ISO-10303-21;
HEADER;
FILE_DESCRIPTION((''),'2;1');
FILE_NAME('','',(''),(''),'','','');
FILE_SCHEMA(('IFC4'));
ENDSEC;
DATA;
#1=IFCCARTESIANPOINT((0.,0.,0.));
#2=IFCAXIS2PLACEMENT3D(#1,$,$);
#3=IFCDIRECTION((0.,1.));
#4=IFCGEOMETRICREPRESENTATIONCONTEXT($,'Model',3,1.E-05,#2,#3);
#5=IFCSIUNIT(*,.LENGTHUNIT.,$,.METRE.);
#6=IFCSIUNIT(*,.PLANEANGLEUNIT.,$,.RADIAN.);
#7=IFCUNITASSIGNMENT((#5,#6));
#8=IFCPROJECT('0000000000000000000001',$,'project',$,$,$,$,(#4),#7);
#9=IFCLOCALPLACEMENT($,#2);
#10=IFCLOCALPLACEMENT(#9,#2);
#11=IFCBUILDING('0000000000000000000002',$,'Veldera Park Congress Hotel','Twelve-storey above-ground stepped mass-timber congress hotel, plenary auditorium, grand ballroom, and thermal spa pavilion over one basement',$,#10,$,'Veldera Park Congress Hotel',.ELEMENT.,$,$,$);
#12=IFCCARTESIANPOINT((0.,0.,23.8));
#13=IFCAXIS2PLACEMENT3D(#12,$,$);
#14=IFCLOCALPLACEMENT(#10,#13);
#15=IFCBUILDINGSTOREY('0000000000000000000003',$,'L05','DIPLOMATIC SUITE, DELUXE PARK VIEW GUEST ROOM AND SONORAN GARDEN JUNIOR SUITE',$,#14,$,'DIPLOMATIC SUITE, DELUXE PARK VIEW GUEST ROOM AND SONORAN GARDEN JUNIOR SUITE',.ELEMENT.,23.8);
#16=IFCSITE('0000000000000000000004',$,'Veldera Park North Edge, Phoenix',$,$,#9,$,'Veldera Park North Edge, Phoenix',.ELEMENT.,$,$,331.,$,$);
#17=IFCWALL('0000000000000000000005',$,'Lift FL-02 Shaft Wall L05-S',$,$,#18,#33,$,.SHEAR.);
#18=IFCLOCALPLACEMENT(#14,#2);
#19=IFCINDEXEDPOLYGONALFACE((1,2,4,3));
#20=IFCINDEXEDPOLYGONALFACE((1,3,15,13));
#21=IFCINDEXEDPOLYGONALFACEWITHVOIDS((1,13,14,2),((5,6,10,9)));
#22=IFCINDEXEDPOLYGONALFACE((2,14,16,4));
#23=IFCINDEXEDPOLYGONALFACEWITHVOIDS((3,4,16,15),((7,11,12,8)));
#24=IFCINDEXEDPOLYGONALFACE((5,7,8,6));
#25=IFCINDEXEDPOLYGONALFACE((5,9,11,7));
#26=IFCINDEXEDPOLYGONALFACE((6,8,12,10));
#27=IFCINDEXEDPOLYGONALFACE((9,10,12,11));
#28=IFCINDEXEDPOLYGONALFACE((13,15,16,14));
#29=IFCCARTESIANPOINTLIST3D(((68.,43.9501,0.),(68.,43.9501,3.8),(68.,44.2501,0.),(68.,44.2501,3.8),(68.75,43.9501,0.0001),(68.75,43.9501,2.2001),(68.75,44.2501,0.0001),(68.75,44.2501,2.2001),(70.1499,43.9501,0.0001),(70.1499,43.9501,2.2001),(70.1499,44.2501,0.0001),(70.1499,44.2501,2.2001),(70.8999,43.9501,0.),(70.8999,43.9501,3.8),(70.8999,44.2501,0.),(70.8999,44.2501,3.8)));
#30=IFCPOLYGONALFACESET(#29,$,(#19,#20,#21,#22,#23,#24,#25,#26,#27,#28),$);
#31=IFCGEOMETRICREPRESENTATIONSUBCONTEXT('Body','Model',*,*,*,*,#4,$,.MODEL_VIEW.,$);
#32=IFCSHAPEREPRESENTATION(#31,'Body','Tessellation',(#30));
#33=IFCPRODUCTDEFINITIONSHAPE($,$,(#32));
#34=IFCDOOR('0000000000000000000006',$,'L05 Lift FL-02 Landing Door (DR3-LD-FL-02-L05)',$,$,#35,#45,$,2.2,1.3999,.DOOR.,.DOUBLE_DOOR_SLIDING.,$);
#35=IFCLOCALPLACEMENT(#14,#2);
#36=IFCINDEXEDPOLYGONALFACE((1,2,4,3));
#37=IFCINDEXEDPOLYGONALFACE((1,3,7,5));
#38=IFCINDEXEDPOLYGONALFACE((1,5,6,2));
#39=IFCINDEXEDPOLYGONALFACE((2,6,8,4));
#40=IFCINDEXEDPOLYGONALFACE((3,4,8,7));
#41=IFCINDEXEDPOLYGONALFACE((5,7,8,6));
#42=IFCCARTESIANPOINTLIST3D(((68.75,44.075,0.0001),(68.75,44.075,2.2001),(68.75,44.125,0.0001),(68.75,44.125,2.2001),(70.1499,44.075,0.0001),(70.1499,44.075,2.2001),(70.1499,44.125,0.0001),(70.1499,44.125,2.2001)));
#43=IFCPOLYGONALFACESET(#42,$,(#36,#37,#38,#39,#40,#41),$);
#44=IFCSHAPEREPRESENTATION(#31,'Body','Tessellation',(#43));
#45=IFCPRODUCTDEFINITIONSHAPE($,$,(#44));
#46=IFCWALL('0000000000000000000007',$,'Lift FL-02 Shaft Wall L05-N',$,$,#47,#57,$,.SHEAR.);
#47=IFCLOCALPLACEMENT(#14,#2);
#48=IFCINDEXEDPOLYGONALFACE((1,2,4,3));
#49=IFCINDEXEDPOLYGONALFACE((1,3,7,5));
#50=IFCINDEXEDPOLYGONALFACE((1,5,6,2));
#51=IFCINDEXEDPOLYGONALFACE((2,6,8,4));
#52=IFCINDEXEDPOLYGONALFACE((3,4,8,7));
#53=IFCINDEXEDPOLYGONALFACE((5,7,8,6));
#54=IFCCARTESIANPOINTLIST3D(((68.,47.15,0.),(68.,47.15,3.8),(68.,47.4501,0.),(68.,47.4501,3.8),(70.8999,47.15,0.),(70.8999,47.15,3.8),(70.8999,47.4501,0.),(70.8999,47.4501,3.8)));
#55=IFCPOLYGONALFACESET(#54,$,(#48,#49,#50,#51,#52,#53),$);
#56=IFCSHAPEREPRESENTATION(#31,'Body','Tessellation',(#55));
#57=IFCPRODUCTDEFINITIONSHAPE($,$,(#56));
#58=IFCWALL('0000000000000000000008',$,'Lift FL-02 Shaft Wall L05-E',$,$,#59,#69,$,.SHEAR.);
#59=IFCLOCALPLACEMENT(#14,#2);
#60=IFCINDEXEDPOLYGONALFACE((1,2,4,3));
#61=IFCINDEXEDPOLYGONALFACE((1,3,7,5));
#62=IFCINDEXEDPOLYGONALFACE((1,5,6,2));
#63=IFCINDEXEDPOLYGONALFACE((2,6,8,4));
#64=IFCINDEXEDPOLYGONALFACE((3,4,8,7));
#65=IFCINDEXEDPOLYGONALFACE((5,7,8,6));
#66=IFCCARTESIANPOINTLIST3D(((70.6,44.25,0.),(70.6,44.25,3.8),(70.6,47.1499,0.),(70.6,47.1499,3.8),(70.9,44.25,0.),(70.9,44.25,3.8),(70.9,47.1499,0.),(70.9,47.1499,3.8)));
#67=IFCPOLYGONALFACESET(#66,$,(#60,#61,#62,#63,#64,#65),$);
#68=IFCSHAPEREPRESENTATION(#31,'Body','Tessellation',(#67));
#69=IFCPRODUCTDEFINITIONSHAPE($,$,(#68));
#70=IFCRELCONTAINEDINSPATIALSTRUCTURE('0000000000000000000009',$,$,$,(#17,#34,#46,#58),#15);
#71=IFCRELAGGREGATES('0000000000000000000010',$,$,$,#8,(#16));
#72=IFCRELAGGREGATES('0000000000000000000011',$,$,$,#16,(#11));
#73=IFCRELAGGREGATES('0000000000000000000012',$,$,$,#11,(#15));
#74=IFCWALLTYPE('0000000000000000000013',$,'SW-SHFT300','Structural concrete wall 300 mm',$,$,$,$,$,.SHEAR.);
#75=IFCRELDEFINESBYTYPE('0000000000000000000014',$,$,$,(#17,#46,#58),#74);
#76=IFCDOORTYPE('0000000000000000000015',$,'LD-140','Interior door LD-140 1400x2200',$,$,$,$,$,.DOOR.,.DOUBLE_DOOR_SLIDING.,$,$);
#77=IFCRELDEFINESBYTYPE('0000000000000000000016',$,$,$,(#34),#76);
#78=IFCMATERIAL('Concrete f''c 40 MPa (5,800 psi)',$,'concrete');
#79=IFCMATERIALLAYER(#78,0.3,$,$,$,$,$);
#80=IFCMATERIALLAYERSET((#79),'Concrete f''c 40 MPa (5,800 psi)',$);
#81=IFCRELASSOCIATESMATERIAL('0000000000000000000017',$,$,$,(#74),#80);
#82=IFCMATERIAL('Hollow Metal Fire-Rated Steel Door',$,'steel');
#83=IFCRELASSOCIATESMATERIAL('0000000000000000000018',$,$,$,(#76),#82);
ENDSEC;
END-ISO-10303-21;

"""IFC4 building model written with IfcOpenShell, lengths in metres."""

from ifc_helpers import new_model, si_unit, direction, frame, frame_2d, origin, place, context, subcontext, project, spatial, rectangle, extrude, material, layer, layer_set, type_object, element, fill, save


model = new_model("IFC4")

# Units and contexts
model_context = context("Model", 3, precision=1e-05, world=origin(), true_north=direction((0.0, 1.0)))
body_context = subcontext(model_context, "Body", "Model", "MODEL_VIEW")
ifc_project = project(units=[si_unit("LENGTHUNIT", "METRE"), si_unit("PLANEANGLEUNIT", "RADIAN")], contexts=[model_context])

# Site, building, storey
site_placement = place(None, origin())
site = spatial("IfcSite", under=ifc_project, at=site_placement, Name="Veldera Park North Edge, Phoenix", LongName="Veldera Park North Edge, Phoenix", CompositionType="ELEMENT", RefElevation=331.0)
building_placement = place(site_placement, origin())
building = spatial("IfcBuilding", under=site, at=building_placement, Name="Veldera Park Congress Hotel", Description="Twelve-storey above-ground stepped mass-timber congress hotel, plenary auditorium, grand ballroom, and thermal spa pavilion over one basement", LongName="Veldera Park Congress Hotel", CompositionType="ELEMENT")
storey_placement = place(building_placement, frame((0.0, 0.0, 23.8)))
storey = spatial("IfcBuildingStorey", under=building, at=storey_placement, Name="L05", Description="DIPLOMATIC SUITE, DELUXE PARK VIEW GUEST ROOM AND SONORAN GARDEN JUNIOR SUITE", LongName="DIPLOMATIC SUITE, DELUXE PARK VIEW GUEST ROOM AND SONORAN GARDEN JUNIOR SUITE", CompositionType="ELEMENT", Elevation=23.8)

# Shared definitions
ifc_material_1 = material(Name="Concrete f'c 40 MPa (5,800 psi)", Category="concrete")
ifc_material_2 = material(Name="Hollow Metal Fire-Rated Steel Door", Category="steel")

# Shared definitions
ifc_layer_1 = layer(ifc_material_1, 0.3)
ifc_layer_set_1 = layer_set([ifc_layer_1], Name="Concrete f'c 40 MPa (5,800 psi)")
wall_type_1 = type_object("IfcWallType", Name="SW-SHFT300", Description="Structural concrete wall 300 mm", PredefinedType="SHEAR", material=ifc_layer_set_1)

# Wall, opening, door
wall_1_placement = place(storey_placement, frame((68.0, 44.1001, 0.0), z_axis=(0.0, 0.0, 1.0), x_axis=(1.0, 0.0, 0.0)))
wall_1 = element("IfcWall", 1, at=wall_1_placement, inside=storey, type_object=wall_type_1, Name="Lift FL-02 Shaft Wall L05-S", PredefinedType="SHEAR", context=body_context, shape_type="SweptSolid", body=[
    extrude(rectangle(XDim=2.8999, YDim=0.3, at=frame_2d((1.45, 0.0))), origin(), (0.0, 0.0, 1.0), 3.8),
])
opening_1_placement = place(wall_1_placement, frame((0.75, 0.0, 0.0)))
opening_1 = element("IfcOpeningElement", 2, at=opening_1_placement, cuts=wall_1, PredefinedType="OPENING", context=body_context, shape_type="SweptSolid", body=[
    extrude(rectangle(XDim=1.3999, YDim=2.2, at=frame_2d((0.7, 1.1001))), frame((0.0, 0.1621, 0.0), z_axis=(0.0, -1.0, 0.0), x_axis=(1.0, 0.0, 0.0)), (0.0, 0.0, 1.0), 0.324),
])
door_type_1 = type_object("IfcDoorType", Name="LD-140", Description="Interior door LD-140 1400x2200", OperationType="DOUBLE_DOOR_SLIDING", PredefinedType="DOOR", material=ifc_material_2)
door_1_placement = place(opening_1_placement, origin())
door_1 = element("IfcDoor", 3, at=door_1_placement, inside=storey, type_object=door_type_1, Name="L05 Lift FL-02 Landing Door (DR3-LD-FL-02-L05)", OperationType="DOUBLE_DOOR_SLIDING", OverallHeight=2.2, OverallWidth=1.3999, PredefinedType="DOOR", context=body_context, shape_type="SweptSolid", body=[
    extrude(rectangle(XDim=1.3999, YDim=2.2, at=frame_2d((0.7, 1.1001))), frame((0.0, 0.0249, 0.0), z_axis=(0.0, -1.0, 0.0), x_axis=(1.0, 0.0, 0.0)), (0.0, 0.0, 1.0), 0.05),
])
fill(opening_1, door_1)

# Walls
for number, where, z_axis, x_axis, name in (
    (4, (70.8999, 47.3, 0.0), (0.0, 0.0, 1.0), (-1.0, 0.0, 0.0), "Lift FL-02 Shaft Wall L05-N"),
    (5, (70.75, 44.25, 0.0), (0.0, 0.0, 1.0), (0.0, 1.0, 0.0), "Lift FL-02 Shaft Wall L05-E"),
):
    element("IfcWall", number, at=place(storey_placement, frame(where, z_axis=z_axis, x_axis=x_axis)), inside=storey, type_object=wall_type_1, Name=name, PredefinedType="SHEAR", context=body_context, shape_type="SweptSolid", body=[
        extrude(rectangle(XDim=2.8999, YDim=0.3, at=frame_2d((1.45, 0.0))), origin(), (0.0, 0.0, 1.0), 3.8),
    ])

save(model, "model.ifc")
